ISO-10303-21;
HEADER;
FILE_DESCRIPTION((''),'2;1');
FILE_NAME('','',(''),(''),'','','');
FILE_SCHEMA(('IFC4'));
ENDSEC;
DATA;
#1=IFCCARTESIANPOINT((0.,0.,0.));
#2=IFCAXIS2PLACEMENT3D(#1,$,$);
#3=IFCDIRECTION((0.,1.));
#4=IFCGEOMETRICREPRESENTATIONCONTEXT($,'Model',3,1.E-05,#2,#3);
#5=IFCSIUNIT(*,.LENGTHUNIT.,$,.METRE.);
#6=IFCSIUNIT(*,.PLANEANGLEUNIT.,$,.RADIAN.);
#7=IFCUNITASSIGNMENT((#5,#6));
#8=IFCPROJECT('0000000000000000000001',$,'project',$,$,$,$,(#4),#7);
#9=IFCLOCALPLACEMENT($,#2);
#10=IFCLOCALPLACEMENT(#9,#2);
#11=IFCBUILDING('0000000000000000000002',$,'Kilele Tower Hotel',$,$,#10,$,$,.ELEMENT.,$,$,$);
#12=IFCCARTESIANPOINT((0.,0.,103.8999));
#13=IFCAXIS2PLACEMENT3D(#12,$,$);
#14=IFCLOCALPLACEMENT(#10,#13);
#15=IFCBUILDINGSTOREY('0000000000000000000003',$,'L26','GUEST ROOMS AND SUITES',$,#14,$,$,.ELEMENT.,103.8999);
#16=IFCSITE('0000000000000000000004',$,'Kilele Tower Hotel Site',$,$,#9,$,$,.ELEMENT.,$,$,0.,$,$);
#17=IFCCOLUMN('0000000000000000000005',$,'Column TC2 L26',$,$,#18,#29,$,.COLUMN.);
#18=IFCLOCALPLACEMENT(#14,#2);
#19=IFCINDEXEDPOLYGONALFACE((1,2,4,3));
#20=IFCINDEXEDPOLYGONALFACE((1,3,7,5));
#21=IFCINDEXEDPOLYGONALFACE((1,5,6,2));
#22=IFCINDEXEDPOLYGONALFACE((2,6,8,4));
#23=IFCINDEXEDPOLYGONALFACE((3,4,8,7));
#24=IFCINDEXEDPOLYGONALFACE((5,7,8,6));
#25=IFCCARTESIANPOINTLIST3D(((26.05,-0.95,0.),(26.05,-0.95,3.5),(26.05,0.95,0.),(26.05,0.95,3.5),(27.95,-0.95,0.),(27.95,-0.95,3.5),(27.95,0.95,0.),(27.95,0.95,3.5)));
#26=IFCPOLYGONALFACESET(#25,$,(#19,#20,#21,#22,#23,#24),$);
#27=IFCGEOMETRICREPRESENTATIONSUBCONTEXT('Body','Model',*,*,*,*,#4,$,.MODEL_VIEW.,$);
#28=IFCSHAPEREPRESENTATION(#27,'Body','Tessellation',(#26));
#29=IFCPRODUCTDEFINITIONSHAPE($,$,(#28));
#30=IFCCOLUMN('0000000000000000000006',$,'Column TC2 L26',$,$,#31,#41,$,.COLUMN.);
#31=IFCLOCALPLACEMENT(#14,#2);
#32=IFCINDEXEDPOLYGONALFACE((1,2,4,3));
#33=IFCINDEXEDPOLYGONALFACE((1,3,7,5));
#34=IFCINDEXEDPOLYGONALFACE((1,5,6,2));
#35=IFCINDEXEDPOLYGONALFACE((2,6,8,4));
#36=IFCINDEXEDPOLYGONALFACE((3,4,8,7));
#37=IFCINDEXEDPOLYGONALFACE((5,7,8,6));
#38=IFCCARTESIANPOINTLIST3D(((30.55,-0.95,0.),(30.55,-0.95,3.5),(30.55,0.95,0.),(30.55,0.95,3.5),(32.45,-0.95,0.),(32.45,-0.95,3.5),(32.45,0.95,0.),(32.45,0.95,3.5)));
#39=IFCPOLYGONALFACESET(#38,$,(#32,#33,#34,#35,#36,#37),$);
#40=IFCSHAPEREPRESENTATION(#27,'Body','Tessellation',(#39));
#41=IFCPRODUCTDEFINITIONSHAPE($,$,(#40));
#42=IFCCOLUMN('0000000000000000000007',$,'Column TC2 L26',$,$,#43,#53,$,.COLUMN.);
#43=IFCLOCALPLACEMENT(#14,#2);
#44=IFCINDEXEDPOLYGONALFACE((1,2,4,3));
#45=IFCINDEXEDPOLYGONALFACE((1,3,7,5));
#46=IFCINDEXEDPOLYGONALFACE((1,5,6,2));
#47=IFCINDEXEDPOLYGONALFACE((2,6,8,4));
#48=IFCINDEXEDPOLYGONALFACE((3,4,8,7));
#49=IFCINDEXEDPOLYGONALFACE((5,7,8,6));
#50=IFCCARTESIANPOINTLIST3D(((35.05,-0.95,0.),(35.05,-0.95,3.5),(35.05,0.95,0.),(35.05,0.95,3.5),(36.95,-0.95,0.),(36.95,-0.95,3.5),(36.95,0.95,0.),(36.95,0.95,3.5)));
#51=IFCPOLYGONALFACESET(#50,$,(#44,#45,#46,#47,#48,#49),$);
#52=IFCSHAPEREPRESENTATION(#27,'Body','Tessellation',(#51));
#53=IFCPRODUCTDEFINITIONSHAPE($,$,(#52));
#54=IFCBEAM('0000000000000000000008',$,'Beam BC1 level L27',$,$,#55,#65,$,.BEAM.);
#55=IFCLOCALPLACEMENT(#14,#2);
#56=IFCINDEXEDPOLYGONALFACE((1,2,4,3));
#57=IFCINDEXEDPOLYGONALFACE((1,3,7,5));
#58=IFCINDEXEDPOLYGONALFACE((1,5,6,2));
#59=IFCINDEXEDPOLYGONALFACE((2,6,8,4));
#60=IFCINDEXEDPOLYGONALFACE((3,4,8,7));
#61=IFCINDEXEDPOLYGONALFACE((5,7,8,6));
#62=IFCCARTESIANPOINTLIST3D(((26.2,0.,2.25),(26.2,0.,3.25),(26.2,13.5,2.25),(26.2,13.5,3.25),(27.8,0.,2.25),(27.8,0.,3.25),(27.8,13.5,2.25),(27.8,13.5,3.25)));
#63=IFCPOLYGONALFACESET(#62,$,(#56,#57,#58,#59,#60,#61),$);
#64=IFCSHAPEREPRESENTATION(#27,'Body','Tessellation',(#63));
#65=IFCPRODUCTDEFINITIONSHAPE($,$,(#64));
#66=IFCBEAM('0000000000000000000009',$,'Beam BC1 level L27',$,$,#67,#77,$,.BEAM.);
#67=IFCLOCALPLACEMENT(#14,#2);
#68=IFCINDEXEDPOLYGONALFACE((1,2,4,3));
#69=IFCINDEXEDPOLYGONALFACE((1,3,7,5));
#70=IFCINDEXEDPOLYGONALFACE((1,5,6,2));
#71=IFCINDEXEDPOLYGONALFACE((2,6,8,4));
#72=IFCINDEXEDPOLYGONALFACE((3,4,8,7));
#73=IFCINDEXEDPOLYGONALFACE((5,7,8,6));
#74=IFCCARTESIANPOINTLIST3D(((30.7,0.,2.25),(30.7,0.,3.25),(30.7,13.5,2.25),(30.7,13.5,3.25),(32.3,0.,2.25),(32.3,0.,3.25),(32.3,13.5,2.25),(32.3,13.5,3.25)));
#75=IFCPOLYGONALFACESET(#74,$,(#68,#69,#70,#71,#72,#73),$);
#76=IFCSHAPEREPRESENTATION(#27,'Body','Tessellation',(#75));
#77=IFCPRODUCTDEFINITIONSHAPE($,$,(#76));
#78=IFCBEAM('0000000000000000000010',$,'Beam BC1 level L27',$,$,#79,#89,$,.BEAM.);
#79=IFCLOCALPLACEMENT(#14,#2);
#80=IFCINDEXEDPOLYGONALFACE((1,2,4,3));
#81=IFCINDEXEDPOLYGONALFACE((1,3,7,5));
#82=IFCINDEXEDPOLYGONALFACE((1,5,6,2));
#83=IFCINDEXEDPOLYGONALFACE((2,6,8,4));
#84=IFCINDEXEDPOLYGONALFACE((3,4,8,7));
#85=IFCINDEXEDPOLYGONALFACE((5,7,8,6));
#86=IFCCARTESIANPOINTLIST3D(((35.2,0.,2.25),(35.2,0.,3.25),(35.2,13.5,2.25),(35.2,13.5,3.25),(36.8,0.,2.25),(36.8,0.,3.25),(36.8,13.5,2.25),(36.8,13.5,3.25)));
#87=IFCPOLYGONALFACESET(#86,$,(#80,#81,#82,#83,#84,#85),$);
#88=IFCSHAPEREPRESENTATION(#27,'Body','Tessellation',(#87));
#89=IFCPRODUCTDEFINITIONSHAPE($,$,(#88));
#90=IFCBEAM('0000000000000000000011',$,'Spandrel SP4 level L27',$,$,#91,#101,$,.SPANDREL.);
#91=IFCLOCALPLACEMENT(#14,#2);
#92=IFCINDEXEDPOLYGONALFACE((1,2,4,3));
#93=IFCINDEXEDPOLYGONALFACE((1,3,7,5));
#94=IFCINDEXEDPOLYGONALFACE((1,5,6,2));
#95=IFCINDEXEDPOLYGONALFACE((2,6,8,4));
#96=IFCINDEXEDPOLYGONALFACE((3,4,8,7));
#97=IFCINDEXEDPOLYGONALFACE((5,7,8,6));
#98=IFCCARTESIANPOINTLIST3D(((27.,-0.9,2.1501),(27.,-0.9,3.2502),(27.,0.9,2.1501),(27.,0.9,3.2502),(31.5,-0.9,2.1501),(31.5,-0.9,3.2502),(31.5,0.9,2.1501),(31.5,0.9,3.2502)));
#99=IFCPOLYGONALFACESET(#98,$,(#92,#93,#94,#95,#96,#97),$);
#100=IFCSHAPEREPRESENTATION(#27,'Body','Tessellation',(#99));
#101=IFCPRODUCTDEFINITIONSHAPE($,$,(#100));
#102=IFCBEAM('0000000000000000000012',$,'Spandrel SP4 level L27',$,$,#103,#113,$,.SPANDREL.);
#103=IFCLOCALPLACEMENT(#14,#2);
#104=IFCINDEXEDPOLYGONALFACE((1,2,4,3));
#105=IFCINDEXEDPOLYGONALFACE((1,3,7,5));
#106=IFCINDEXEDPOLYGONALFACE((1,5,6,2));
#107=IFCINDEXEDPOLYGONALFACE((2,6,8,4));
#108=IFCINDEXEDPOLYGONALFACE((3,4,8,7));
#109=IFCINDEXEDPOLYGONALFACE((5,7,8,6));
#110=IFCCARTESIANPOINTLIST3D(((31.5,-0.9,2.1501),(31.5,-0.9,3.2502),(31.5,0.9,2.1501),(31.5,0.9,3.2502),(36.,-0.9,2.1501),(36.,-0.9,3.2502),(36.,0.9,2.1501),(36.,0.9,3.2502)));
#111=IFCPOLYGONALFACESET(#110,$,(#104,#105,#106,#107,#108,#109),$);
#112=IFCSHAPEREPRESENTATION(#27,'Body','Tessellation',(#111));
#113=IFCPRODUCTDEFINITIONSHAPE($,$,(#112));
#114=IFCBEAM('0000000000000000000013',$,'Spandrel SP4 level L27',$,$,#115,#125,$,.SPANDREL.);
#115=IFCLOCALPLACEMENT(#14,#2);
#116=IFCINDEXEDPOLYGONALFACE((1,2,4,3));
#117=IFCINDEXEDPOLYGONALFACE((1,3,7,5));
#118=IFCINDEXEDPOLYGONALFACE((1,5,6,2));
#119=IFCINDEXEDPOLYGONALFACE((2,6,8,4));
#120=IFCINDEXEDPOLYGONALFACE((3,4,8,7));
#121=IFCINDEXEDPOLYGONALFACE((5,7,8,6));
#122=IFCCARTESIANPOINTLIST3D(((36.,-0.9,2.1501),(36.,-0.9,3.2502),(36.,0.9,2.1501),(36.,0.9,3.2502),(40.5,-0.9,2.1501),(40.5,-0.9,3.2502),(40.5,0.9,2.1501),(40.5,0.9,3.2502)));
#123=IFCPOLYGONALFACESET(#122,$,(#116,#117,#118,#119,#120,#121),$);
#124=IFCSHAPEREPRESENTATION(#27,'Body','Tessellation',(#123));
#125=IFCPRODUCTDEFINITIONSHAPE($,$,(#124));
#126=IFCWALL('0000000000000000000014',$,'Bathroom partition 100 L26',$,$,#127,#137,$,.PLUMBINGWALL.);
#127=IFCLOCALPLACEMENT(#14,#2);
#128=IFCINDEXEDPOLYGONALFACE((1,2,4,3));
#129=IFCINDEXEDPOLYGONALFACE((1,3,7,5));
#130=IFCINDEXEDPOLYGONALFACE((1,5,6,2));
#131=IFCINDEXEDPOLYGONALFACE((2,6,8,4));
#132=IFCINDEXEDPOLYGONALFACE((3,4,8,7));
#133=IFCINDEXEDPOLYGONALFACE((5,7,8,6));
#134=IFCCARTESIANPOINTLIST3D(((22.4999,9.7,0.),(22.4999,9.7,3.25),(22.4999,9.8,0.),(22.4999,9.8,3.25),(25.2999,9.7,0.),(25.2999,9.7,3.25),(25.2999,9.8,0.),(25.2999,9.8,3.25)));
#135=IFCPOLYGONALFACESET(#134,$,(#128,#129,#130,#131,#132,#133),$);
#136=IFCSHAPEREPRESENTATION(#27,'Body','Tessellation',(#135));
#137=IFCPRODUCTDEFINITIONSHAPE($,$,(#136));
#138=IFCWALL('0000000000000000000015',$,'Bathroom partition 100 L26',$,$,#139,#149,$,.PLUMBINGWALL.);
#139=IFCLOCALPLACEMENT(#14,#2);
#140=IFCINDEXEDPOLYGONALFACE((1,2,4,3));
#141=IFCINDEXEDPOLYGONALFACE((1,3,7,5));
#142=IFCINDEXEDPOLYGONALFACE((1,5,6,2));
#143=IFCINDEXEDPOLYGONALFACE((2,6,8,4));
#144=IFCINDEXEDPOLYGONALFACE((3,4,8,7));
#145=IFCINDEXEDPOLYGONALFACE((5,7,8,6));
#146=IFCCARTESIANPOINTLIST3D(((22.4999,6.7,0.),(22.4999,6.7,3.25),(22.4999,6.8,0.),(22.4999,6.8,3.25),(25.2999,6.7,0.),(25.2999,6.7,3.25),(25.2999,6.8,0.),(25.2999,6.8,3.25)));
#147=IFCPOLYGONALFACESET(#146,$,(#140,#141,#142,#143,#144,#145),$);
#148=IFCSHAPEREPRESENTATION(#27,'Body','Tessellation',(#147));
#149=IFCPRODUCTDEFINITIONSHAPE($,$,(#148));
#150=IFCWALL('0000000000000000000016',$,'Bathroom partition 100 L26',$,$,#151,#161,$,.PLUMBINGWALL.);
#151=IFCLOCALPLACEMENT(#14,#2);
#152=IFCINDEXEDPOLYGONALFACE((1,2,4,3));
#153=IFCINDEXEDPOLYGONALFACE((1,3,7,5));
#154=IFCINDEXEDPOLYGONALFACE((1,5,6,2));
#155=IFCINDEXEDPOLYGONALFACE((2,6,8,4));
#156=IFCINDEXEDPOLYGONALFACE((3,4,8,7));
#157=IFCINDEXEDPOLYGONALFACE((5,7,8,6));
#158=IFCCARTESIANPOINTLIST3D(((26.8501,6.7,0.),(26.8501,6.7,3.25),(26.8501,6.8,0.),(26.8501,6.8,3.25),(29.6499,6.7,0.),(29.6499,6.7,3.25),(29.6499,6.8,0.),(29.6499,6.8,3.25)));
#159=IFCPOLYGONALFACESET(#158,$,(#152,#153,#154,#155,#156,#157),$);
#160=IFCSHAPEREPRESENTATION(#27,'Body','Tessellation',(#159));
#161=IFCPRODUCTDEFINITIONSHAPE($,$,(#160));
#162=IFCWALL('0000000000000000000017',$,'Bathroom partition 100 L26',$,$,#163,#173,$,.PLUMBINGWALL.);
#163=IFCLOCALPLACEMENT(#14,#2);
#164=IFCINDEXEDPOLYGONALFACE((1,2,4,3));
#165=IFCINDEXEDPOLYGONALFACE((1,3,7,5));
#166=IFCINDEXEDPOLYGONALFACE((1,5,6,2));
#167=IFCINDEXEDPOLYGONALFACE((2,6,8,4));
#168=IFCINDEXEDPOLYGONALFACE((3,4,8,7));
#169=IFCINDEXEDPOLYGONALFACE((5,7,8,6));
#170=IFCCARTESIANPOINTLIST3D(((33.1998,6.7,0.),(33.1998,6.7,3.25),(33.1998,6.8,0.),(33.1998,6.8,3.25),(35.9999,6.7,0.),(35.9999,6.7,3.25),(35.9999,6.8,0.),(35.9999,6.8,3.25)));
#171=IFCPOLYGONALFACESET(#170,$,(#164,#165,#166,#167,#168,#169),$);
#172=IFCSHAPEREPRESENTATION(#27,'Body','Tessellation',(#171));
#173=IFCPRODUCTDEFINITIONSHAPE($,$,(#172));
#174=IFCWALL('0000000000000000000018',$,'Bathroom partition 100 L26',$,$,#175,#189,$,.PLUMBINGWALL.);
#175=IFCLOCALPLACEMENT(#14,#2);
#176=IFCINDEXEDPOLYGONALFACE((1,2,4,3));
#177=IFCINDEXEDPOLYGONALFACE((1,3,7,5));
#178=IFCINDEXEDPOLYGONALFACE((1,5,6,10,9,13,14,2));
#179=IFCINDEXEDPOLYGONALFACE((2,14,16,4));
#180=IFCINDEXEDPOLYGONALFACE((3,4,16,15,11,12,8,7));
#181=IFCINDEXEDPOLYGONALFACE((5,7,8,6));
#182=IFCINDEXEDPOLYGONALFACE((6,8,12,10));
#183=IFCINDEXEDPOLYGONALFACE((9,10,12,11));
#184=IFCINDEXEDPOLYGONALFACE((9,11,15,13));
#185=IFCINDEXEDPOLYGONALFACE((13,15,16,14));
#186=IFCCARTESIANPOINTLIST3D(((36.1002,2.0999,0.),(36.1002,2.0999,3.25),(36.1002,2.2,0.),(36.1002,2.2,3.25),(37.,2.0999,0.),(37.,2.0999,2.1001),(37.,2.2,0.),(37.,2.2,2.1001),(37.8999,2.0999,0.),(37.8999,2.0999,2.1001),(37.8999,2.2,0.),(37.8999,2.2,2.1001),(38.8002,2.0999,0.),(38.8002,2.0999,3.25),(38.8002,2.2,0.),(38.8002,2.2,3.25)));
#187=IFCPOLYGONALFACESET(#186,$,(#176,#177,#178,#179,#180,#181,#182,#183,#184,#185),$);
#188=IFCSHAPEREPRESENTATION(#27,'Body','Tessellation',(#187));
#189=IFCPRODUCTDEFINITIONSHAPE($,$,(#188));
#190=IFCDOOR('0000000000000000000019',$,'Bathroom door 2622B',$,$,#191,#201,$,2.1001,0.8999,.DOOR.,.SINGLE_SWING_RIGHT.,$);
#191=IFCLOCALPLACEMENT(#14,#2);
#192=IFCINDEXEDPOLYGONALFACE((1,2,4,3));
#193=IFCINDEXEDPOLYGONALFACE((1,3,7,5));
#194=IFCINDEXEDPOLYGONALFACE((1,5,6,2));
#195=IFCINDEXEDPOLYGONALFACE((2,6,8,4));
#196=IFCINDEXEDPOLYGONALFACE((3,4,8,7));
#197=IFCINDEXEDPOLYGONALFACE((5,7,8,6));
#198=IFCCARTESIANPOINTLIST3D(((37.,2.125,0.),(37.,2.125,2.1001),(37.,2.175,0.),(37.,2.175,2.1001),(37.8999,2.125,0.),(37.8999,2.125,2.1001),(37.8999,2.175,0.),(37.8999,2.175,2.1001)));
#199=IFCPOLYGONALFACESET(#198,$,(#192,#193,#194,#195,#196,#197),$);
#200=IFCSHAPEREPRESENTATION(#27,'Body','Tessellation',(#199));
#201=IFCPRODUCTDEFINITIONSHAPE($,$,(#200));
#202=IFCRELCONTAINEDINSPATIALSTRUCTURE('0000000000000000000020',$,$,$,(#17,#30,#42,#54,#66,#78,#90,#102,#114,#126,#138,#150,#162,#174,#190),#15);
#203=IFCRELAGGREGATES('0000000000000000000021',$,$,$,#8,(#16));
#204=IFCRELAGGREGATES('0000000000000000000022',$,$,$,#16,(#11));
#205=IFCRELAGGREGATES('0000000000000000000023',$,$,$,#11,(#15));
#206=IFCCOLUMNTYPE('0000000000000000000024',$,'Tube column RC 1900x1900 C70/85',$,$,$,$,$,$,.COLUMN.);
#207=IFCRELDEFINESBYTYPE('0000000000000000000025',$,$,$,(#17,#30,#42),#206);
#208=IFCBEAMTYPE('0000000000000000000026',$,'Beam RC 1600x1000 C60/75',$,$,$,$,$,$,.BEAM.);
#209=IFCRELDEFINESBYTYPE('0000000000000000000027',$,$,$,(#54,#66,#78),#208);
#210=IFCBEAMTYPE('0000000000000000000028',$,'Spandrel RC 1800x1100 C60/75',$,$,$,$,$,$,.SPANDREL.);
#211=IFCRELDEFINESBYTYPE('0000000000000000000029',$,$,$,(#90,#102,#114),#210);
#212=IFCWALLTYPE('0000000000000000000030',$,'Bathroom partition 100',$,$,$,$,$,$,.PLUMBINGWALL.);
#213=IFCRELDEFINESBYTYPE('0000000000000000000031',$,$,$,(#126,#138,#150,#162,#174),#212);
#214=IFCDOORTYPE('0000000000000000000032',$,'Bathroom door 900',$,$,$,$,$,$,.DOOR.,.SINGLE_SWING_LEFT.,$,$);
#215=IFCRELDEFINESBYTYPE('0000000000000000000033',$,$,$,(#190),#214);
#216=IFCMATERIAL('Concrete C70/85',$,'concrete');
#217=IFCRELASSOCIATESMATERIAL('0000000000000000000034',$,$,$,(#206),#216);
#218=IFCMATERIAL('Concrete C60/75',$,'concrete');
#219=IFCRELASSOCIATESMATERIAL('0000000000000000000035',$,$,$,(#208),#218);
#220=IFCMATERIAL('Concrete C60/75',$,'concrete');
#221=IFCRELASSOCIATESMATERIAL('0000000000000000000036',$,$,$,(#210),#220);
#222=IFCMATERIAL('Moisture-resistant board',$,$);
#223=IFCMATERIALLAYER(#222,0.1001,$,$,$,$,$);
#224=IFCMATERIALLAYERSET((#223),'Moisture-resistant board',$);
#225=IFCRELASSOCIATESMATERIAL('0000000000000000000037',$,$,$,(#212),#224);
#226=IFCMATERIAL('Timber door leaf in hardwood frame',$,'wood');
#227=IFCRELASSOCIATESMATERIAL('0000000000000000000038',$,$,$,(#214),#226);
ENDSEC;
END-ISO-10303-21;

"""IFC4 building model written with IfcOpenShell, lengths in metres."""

from ifc_helpers import new_model, si_unit, direction, frame, frame_2d, origin, origin_2d, place, context, subcontext, project, spatial, rectangle, extrude, material, layer, layer_set, material_profile, profile_set, type_object, element, fill, save


model = new_model("IFC4")

# Units and contexts
model_context = context("Model", 3, precision=1e-05, world=origin(), true_north=direction((0.0, 1.0)))
body_context = subcontext(model_context, "Body", "Model", "MODEL_VIEW")
ifc_project = project(units=[si_unit("LENGTHUNIT", "METRE"), si_unit("PLANEANGLEUNIT", "RADIAN")], contexts=[model_context])

# Site, building, storey
site_placement = place(None, origin())
site = spatial("IfcSite", under=ifc_project, at=site_placement, Name="Kilele Tower Hotel Site", CompositionType="ELEMENT", RefElevation=0.0)
building_placement = place(site_placement, origin())
building = spatial("IfcBuilding", under=site, at=building_placement, Name="Kilele Tower Hotel", CompositionType="ELEMENT")
storey_placement = place(building_placement, frame((0.0, 0.0, 103.8999)))
storey = spatial("IfcBuildingStorey", under=building, at=storey_placement, Name="L26", Description="GUEST ROOMS AND SUITES", CompositionType="ELEMENT", Elevation=103.8999)

# Columns
ifc_material_1 = material(Name="Concrete C70/85", Category="concrete")
ifc_material_profile_1 = material_profile(ifc_material_1, rectangle(XDim=1.8999, YDim=1.8999, at=origin_2d()))
ifc_profile_set_1 = profile_set([ifc_material_profile_1], Name="Concrete C70/85")
column_type = type_object("IfcColumnType", Name="Tube column RC 1900x1900 C70/85", PredefinedType="COLUMN", material=ifc_profile_set_1)
for number, where, z_axis, x_axis, name in (
    (1, (27.0, 0.0, 0.0), (0.0, 0.0, 1.0), (1.0, 0.0, 0.0), "Column TC2 L26"),
    (2, (31.5, 0.0, 0.0), (0.0, 0.0, 1.0), (1.0, 0.0, 0.0), "Column TC2 L26"),
    (3, (36.0, 0.0, 0.0), (0.0, 0.0, 1.0), (1.0, 0.0, 0.0), "Column TC2 L26"),
):
    element("IfcColumn", number, at=place(storey_placement, frame(where, z_axis=z_axis, x_axis=x_axis)), inside=storey, type_object=column_type, Name=name, PredefinedType="COLUMN", context=body_context, shape_type="SweptSolid", body=[
        extrude(rectangle(XDim=1.8999, YDim=1.8999, at=origin_2d()), origin(), (0.0, 0.0, 1.0), 3.5),
    ])

# Beams
ifc_material_2 = material(Name="Concrete C60/75", Category="concrete")
ifc_material_profile_2 = material_profile(ifc_material_2, rectangle(XDim=1.6001, YDim=1.0, at=origin_2d()))
ifc_profile_set_2 = profile_set([ifc_material_profile_2], Name="Concrete C60/75")
beam_type_1 = type_object("IfcBeamType", Name="Beam RC 1600x1000 C60/75", PredefinedType="BEAM", material=ifc_profile_set_2)
for number, where, z_axis, x_axis, name in (
    (4, (27.0, 0.0, 2.75), (0.0, 1.0, 0.0), (-1.0, 0.0, 0.0), "Beam BC1 level L27"),
    (5, (31.5, 0.0, 2.75), (0.0, 1.0, 0.0), (-1.0, 0.0, 0.0), "Beam BC1 level L27"),
    (6, (36.0, 0.0, 2.75), (0.0, 1.0, 0.0), (-1.0, 0.0, 0.0), "Beam BC1 level L27"),
):
    element("IfcBeam", number, at=place(storey_placement, frame(where, z_axis=z_axis, x_axis=x_axis)), inside=storey, type_object=beam_type_1, Name=name, PredefinedType="BEAM", context=body_context, shape_type="SweptSolid", body=[
        extrude(rectangle(XDim=1.6001, YDim=1.0, at=origin_2d()), origin(), (0.0, 0.0, 1.0), 13.5),
    ])
ifc_material_3 = material(Name="Concrete C60/75", Category="concrete")
ifc_material_profile_3 = material_profile(ifc_material_3, rectangle(XDim=1.8, YDim=1.1001, at=origin_2d()))
ifc_profile_set_3 = profile_set([ifc_material_profile_3], Name="Concrete C60/75")
beam_type_2 = type_object("IfcBeamType", Name="Spandrel RC 1800x1100 C60/75", PredefinedType="SPANDREL", material=ifc_profile_set_3)
for number, where, z_axis, x_axis, name in (
    (7, (27.0, 0.0, 2.7002), (1.0, 0.0, 0.0), (0.0, 1.0, 0.0), "Spandrel SP4 level L27"),
    (8, (31.5, 0.0, 2.7002), (1.0, 0.0, 0.0), (0.0, 1.0, 0.0), "Spandrel SP4 level L27"),
    (9, (36.0, 0.0, 2.7002), (1.0, 0.0, 0.0), (0.0, 1.0, 0.0), "Spandrel SP4 level L27"),
):
    element("IfcBeam", number, at=place(storey_placement, frame(where, z_axis=z_axis, x_axis=x_axis)), inside=storey, type_object=beam_type_2, Name=name, PredefinedType="SPANDREL", context=body_context, shape_type="SweptSolid", body=[
        extrude(rectangle(XDim=1.8, YDim=1.1001, at=origin_2d()), origin(), (0.0, 0.0, 1.0), 4.5),
    ])

# Walls
ifc_material_4 = material(Name="Moisture-resistant board")
ifc_layer_1 = layer(ifc_material_4, 0.1001)
ifc_layer_set_1 = layer_set([ifc_layer_1], Name="Moisture-resistant board")
wall_type_1 = type_object("IfcWallType", Name="Bathroom partition 100", PredefinedType="PLUMBINGWALL", material=ifc_layer_set_1)
for number, where, z_axis, x_axis, name in (
    (10, (22.5, 9.75, 0.0), (0.0, 0.0, 1.0), (1.0, 0.0, 0.0), "Bathroom partition 100 L26"),
    (11, (22.5, 6.75, 0.0), (0.0, 0.0, 1.0), (1.0, 0.0, 0.0), "Bathroom partition 100 L26"),
):
    element("IfcWall", number, at=place(storey_placement, frame(where, z_axis=z_axis, x_axis=x_axis)), inside=storey, type_object=wall_type_1, Name=name, PredefinedType="PLUMBINGWALL", context=body_context, shape_type="SweptSolid", body=[
        extrude(rectangle(XDim=2.8, YDim=0.1001, at=frame_2d((1.3999, 0.0))), origin(), (0.0, 0.0, 1.0), 3.25),
    ])
wall_1_placement = place(storey_placement, frame((26.8501, 6.75, 0.0), z_axis=(0.0, 0.0, 1.0), x_axis=(1.0, 0.0, 0.0)))
element("IfcWall", 12, at=wall_1_placement, inside=storey, type_object=wall_type_1, Name="Bathroom partition 100 L26", PredefinedType="PLUMBINGWALL", context=body_context, shape_type="SweptSolid", body=[
    extrude(rectangle(XDim=2.7998, YDim=0.1001, at=frame_2d((1.3999, 0.0))), origin(), (0.0, 0.0, 1.0), 3.25),
])
wall_2_placement = place(storey_placement, frame((33.2, 6.75, 0.0), z_axis=(0.0, 0.0, 1.0), x_axis=(1.0, 0.0, 0.0)))
element("IfcWall", 13, at=wall_2_placement, inside=storey, type_object=wall_type_1, Name="Bathroom partition 100 L26", PredefinedType="PLUMBINGWALL", context=body_context, shape_type="SweptSolid", body=[
    extrude(rectangle(XDim=2.8, YDim=0.1001, at=frame_2d((1.3999, 0.0))), origin(), (0.0, 0.0, 1.0), 3.25),
])

# Wall, opening, door
wall_3_placement = place(storey_placement, frame((36.1001, 2.1499, 0.0), z_axis=(0.0, 0.0, 1.0), x_axis=(1.0, 0.0, 0.0)))
wall_3 = element("IfcWall", 14, at=wall_3_placement, inside=storey, type_object=wall_type_1, Name="Bathroom partition 100 L26", PredefinedType="PLUMBINGWALL", context=body_context, shape_type="SweptSolid", body=[
    extrude(rectangle(XDim=2.7, YDim=0.1001, at=frame_2d((1.3501, 0.0))), origin(), (0.0, 0.0, 1.0), 3.25),
])
opening_1_placement = place(wall_3_placement, frame((1.7998, 0.0, 0.0), z_axis=(0.0, 0.0, 1.0), x_axis=(-1.0, 0.0, 0.0)))
opening_1 = element("IfcOpeningElement", 15, at=opening_1_placement, cuts=wall_3, PredefinedType="OPENING", context=body_context, shape_type="SweptSolid", body=[
    extrude(rectangle(XDim=0.8999, YDim=2.1001, at=frame_2d((0.45, 1.05))), frame((0.0, 0.0601, 0.0), z_axis=(0.0, -1.0, 0.0), x_axis=(1.0, 0.0, 0.0)), (0.0, 0.0, 1.0), 0.1201),
])
ifc_material_5 = material(Name="Timber door leaf in hardwood frame", Category="wood")
door_type_1 = type_object("IfcDoorType", Name="Bathroom door 900", OperationType="SINGLE_SWING_LEFT", PredefinedType="DOOR", material=ifc_material_5)
door_1_placement = place(opening_1_placement, origin())
door_1 = element("IfcDoor", 16, at=door_1_placement, inside=storey, type_object=door_type_1, Name="Bathroom door 2622B", OperationType="SINGLE_SWING_RIGHT", OverallHeight=2.1001, OverallWidth=0.8999, PredefinedType="DOOR", context=body_context, shape_type="SweptSolid", body=[
    extrude(rectangle(XDim=0.8999, YDim=2.1001, at=frame_2d((0.45, 1.05))), frame((0.0, 0.0249, 0.0), z_axis=(0.0, -1.0, 0.0), x_axis=(1.0, 0.0, 0.0)), (0.0, 0.0, 1.0), 0.05),
])
fill(opening_1, door_1)

save(model, "model.ifc")
